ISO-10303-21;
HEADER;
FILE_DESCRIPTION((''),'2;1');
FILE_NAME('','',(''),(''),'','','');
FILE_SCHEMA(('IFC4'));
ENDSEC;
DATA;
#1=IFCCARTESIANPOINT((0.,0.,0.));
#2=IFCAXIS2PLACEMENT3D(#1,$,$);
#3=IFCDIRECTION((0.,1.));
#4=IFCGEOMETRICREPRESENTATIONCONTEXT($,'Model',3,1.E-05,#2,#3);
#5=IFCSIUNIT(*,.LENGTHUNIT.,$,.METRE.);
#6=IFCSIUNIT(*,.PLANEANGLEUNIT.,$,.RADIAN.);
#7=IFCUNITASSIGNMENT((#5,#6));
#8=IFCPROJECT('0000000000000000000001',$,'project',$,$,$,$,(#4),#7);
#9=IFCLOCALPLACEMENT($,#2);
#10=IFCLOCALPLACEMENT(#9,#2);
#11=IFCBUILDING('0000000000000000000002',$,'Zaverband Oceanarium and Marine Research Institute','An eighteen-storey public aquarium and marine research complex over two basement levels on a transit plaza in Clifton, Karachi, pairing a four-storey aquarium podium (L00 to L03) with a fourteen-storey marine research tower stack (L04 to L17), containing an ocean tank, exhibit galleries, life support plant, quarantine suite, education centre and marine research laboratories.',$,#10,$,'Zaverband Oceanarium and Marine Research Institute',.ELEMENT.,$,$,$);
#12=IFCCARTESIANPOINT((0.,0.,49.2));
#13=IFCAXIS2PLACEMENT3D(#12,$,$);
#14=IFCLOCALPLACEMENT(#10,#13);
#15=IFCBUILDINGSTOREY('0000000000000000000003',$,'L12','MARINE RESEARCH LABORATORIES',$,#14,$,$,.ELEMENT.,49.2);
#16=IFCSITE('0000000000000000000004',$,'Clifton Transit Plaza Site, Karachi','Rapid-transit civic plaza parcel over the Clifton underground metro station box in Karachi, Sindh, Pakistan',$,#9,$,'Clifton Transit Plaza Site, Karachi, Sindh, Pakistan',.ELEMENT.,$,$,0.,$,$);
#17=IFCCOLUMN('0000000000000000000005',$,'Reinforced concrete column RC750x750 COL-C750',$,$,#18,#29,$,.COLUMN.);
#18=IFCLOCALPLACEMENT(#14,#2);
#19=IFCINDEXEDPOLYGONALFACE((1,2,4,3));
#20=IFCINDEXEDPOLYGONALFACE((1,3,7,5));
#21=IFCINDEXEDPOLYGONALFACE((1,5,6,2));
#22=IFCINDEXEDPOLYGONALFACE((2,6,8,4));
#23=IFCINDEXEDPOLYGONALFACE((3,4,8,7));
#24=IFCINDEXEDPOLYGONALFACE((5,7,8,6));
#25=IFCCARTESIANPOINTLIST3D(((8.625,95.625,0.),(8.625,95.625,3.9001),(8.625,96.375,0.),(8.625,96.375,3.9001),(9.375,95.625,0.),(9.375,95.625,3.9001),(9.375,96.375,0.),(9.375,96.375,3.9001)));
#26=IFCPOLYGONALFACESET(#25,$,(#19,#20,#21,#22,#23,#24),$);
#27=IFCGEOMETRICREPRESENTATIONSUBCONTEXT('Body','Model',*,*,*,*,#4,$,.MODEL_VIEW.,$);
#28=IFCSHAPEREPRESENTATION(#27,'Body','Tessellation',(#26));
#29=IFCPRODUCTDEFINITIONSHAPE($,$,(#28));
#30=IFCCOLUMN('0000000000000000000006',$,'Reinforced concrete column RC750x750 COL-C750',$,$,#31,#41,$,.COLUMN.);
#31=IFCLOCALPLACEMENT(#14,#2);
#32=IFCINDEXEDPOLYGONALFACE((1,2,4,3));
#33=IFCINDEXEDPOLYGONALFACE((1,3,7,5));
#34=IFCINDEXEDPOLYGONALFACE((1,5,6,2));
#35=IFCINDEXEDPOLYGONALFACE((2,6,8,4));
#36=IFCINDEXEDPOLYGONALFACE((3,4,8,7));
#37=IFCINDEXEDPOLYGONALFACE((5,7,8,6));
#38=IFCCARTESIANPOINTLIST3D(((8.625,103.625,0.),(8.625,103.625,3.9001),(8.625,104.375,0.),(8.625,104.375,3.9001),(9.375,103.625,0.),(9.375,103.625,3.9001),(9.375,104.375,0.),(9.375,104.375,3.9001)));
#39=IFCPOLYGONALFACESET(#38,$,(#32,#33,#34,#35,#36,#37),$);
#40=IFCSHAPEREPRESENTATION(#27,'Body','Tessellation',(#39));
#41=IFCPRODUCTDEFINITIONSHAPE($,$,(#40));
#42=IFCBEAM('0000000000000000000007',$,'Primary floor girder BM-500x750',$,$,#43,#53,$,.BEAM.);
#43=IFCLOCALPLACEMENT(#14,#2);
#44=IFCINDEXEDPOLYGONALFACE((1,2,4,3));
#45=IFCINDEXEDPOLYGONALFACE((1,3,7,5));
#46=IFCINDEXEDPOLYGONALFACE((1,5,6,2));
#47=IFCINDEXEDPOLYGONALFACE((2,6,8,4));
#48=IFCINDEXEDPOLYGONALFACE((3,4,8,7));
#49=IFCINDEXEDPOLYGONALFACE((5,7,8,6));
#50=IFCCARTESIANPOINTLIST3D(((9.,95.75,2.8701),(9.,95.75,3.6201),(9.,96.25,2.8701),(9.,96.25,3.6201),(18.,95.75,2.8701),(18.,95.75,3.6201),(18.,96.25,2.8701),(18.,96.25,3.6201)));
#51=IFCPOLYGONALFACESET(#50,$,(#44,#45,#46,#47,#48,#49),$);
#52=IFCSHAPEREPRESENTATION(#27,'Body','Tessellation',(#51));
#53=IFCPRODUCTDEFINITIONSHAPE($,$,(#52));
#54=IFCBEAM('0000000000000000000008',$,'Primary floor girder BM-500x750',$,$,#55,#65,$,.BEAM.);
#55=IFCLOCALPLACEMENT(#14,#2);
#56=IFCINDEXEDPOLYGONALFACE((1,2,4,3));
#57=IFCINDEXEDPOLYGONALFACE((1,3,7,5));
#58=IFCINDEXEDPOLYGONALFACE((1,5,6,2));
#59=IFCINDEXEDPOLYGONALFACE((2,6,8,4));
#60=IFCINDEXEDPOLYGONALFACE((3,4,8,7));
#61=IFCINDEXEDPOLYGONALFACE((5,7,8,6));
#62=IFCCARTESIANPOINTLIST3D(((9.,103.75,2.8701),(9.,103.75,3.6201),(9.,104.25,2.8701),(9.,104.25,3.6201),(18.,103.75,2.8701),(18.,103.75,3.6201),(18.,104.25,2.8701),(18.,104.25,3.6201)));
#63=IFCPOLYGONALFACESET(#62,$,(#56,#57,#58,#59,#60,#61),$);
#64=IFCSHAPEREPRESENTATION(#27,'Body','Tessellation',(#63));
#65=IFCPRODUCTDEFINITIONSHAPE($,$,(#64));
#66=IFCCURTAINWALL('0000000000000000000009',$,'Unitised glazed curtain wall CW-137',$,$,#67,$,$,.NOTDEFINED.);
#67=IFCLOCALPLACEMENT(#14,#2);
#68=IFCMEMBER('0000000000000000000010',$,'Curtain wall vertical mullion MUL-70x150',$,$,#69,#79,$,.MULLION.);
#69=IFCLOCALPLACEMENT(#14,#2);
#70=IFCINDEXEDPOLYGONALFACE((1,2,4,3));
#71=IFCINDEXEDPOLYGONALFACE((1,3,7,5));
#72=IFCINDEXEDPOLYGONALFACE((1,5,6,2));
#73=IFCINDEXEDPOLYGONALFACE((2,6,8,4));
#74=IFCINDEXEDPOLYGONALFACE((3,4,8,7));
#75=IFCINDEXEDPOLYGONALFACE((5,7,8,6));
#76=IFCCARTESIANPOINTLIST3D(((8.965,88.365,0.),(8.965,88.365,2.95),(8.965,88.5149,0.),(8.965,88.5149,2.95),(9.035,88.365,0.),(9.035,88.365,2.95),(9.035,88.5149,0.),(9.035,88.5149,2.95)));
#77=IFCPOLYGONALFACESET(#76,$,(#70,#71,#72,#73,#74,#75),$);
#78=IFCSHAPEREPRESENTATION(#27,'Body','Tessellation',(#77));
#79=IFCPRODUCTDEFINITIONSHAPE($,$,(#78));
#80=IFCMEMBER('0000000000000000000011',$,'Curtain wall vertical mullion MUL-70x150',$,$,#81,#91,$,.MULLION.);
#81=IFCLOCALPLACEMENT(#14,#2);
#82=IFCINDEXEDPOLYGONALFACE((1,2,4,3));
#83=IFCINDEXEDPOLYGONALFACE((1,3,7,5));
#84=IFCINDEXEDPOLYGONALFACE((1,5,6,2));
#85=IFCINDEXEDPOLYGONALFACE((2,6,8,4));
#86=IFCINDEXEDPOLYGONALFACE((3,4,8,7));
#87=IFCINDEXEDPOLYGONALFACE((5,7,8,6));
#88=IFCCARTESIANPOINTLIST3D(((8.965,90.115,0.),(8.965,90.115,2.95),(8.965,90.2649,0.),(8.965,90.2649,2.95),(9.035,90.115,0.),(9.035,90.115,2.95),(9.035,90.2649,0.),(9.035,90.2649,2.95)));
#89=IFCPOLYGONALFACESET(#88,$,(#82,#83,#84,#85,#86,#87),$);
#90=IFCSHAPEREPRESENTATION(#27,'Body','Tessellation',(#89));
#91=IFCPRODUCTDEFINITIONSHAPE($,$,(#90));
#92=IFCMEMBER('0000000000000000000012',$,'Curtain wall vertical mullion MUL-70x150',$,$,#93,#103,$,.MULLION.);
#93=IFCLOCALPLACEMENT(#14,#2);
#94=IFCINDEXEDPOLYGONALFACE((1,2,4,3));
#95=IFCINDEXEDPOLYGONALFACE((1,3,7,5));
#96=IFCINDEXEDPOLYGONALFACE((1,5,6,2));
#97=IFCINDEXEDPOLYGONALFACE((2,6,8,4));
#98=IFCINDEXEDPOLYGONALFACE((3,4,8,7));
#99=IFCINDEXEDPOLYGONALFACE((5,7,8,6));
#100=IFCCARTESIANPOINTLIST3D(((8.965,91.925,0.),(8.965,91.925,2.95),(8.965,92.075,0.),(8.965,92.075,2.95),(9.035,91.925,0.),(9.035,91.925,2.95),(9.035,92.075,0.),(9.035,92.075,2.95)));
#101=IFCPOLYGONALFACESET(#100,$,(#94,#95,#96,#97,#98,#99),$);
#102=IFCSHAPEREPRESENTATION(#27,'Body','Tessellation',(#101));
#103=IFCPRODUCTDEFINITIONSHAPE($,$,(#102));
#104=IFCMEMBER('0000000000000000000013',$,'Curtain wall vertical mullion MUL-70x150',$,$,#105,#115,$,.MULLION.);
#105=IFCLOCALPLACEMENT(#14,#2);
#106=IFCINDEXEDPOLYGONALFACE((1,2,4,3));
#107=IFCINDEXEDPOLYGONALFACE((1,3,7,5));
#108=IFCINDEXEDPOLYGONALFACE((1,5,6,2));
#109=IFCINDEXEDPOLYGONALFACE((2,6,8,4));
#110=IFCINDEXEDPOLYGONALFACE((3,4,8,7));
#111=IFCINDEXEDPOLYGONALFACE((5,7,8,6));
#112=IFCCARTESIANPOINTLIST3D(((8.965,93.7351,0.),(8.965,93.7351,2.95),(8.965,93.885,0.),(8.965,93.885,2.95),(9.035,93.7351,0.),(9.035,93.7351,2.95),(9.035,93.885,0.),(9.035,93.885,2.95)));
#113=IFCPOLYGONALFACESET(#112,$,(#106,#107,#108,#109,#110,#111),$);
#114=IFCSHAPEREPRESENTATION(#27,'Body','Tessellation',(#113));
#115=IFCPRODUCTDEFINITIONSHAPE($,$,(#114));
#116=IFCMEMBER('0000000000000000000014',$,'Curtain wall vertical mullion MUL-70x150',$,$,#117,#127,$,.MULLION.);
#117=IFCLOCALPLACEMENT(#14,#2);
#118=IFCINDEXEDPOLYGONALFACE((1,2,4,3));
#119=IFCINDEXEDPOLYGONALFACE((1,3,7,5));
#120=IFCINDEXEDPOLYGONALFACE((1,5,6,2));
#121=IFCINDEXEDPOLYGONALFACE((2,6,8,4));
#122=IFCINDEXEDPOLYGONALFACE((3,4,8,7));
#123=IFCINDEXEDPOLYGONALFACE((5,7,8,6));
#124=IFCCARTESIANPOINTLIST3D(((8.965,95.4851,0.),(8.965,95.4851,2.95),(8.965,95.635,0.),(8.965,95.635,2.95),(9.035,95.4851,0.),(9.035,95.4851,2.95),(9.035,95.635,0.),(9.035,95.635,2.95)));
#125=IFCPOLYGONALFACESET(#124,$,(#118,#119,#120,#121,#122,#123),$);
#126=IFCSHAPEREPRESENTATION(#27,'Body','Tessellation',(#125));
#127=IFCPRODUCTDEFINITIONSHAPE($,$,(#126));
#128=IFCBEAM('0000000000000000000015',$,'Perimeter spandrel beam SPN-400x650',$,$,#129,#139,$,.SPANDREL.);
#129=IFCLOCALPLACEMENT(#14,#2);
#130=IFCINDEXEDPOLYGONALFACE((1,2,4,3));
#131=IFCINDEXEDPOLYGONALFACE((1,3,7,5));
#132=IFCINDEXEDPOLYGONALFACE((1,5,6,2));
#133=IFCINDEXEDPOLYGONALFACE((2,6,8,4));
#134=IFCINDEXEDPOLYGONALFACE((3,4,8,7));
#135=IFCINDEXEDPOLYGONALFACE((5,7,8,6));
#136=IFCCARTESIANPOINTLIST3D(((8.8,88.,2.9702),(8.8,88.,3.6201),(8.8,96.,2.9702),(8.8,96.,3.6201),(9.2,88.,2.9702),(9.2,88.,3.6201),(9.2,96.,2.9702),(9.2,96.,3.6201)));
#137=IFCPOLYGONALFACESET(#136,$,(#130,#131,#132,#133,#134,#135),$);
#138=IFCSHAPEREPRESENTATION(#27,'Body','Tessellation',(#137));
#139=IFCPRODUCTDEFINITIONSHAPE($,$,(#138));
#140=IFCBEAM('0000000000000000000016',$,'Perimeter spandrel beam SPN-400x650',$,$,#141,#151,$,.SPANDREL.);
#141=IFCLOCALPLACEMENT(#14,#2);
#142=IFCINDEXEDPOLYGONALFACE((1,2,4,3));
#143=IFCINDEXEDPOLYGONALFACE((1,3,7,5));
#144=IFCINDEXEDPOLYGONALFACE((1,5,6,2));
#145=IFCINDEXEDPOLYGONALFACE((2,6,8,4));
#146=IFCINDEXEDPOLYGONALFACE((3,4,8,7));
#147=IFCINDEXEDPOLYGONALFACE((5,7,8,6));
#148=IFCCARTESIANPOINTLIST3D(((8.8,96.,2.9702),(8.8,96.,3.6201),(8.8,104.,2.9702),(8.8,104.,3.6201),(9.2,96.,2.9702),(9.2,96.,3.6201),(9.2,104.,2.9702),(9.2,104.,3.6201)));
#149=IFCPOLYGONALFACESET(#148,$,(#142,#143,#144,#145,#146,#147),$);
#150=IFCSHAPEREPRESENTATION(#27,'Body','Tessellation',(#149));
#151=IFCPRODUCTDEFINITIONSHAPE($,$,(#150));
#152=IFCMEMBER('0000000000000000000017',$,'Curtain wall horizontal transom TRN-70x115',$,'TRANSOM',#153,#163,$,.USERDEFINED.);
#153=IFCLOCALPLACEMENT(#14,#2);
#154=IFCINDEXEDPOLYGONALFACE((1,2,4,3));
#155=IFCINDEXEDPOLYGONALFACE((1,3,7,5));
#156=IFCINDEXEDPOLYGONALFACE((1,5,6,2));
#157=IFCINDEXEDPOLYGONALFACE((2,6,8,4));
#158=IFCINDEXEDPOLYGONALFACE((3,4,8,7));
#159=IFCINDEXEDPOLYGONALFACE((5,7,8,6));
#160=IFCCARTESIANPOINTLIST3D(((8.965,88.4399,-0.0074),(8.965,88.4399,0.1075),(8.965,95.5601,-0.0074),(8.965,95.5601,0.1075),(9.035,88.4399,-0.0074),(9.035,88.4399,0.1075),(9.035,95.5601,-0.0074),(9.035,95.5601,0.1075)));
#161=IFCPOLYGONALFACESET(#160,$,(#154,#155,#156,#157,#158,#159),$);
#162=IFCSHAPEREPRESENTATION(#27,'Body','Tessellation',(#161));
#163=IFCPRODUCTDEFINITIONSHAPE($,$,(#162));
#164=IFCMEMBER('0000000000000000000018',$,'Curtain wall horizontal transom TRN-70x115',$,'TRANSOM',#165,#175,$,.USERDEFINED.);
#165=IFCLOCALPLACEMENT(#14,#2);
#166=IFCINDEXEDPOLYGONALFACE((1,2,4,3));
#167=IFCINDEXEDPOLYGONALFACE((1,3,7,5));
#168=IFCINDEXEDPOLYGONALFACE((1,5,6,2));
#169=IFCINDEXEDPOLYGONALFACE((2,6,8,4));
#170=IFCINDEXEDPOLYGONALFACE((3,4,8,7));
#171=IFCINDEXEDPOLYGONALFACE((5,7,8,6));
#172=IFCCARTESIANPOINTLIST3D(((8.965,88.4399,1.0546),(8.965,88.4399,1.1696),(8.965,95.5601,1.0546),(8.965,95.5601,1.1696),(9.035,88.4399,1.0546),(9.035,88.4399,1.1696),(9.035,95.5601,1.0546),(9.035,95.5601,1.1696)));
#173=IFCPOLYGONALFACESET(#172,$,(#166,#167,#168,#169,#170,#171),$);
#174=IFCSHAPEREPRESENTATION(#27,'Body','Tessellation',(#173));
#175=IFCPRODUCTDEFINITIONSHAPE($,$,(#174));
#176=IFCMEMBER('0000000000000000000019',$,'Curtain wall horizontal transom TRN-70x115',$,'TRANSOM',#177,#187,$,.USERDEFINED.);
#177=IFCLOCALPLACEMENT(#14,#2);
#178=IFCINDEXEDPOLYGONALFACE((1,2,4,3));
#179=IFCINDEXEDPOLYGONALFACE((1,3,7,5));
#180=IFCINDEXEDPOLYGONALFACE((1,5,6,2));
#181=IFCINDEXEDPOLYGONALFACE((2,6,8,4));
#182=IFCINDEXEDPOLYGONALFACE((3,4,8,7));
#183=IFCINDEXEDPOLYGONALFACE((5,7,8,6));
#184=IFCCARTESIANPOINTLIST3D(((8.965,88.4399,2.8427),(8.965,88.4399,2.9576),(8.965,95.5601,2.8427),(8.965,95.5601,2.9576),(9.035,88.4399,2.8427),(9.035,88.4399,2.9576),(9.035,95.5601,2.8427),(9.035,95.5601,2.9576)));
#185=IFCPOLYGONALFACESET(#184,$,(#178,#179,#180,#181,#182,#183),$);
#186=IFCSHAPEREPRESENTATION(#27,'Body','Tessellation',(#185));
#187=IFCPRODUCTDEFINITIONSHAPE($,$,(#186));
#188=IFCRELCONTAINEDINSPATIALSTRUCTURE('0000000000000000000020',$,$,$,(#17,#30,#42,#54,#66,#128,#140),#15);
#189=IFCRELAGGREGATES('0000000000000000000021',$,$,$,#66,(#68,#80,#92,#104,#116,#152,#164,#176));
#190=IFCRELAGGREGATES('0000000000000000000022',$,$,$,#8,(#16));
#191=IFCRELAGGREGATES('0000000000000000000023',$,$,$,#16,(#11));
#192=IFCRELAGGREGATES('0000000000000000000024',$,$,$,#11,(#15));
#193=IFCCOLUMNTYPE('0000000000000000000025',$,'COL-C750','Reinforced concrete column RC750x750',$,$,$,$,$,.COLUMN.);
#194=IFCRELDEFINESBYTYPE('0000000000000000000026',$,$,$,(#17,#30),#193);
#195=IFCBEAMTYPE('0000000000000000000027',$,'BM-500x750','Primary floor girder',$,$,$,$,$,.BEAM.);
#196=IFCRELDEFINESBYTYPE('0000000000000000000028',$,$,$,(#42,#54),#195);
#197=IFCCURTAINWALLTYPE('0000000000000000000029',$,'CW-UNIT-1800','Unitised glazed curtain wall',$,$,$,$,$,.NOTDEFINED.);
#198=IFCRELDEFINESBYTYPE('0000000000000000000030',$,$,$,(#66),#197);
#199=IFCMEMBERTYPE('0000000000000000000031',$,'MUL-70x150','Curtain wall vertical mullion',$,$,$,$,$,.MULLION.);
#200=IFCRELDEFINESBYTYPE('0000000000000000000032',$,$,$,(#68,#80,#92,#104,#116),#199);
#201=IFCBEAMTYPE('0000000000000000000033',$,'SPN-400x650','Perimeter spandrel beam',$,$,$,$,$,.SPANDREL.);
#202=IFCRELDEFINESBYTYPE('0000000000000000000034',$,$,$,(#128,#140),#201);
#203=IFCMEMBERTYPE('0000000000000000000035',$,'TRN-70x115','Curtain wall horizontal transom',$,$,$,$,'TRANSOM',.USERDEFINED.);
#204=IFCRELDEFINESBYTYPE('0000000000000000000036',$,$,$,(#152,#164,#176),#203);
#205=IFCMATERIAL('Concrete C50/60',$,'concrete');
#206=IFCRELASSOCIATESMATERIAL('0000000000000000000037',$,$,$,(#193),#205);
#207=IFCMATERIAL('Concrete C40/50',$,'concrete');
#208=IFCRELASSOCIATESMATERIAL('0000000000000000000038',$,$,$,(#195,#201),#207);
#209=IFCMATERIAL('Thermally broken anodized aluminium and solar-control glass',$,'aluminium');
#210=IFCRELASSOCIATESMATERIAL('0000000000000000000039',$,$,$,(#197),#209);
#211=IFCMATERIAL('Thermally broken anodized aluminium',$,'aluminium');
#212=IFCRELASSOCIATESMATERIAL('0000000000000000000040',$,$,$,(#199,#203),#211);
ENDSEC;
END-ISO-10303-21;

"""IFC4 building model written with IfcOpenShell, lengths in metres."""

from ifc_helpers import new_model, si_unit, direction, frame, origin, origin_2d, place, context, subcontext, project, spatial, rectangle, extrude, material, material_profile, profile_set, type_object, element, aggregate, save


model = new_model("IFC4")

# Units and contexts
model_context = context("Model", 3, precision=1e-05, world=origin(), true_north=direction((0.0, 1.0)))
body_context = subcontext(model_context, "Body", "Model", "MODEL_VIEW")
ifc_project = project(units=[si_unit("LENGTHUNIT", "METRE"), si_unit("PLANEANGLEUNIT", "RADIAN")], contexts=[model_context])

# Site, building, storey
site_placement = place(None, origin())
site = spatial("IfcSite", under=ifc_project, at=site_placement, Name="Clifton Transit Plaza Site, Karachi", Description="Rapid-transit civic plaza parcel over the Clifton underground metro station box in Karachi, Sindh, Pakistan", LongName="Clifton Transit Plaza Site, Karachi, Sindh, Pakistan", CompositionType="ELEMENT", RefElevation=0.0)
building_placement = place(site_placement, origin())
building = spatial("IfcBuilding", under=site, at=building_placement, Name="Zaverband Oceanarium and Marine Research Institute", Description="An eighteen-storey public aquarium and marine research complex over two basement levels on a transit plaza in Clifton, Karachi, pairing a four-storey aquarium podium (L00 to L03) with a fourteen-storey marine research tower stack (L04 to L17), containing an ocean tank, exhibit galleries, life support plant, quarantine suite, education centre and marine research laboratories.", LongName="Zaverband Oceanarium and Marine Research Institute", CompositionType="ELEMENT")
storey_placement = place(building_placement, frame((0.0, 0.0, 49.2)))
storey = spatial("IfcBuildingStorey", under=building, at=storey_placement, Name="L12", Description="MARINE RESEARCH LABORATORIES", CompositionType="ELEMENT", Elevation=49.2)

# Columns
ifc_material_1 = material(Name="Concrete C50/60", Category="concrete")
ifc_material_profile_1 = material_profile(ifc_material_1, rectangle(XDim=0.75, YDim=0.75, at=origin_2d()), Name="RC750x750")
ifc_profile_set_1 = profile_set([ifc_material_profile_1], Name="Concrete C50/60")
column_type = type_object("IfcColumnType", Name="COL-C750", Description="Reinforced concrete column RC750x750", PredefinedType="COLUMN", material=ifc_profile_set_1)
for number, where, z_axis, x_axis, name in (
    (1, (9.0, 96.0, 0.0), (0.0, 0.0, 1.0), (1.0, 0.0, 0.0), "Reinforced concrete column RC750x750 COL-C750"),
    (2, (9.0, 104.0, 0.0), (0.0, 0.0, 1.0), (1.0, 0.0, 0.0), "Reinforced concrete column RC750x750 COL-C750"),
):
    element("IfcColumn", number, at=place(storey_placement, frame(where, z_axis=z_axis, x_axis=x_axis)), inside=storey, type_object=column_type, Name=name, PredefinedType="COLUMN", context=body_context, shape_type="SweptSolid", body=[
        extrude(rectangle(XDim=0.75, YDim=0.75, at=origin_2d()), origin(), (0.0, 0.0, 1.0), 3.9001),
    ])

# Beams
ifc_material_2 = material(Name="Concrete C40/50", Category="concrete")
ifc_material_profile_2 = material_profile(ifc_material_2, rectangle(XDim=0.5, YDim=0.75, at=origin_2d()), Name="RC500x750")
ifc_profile_set_2 = profile_set([ifc_material_profile_2], Name="Concrete C40/50")
beam_type_1 = type_object("IfcBeamType", Name="BM-500x750", Description="Primary floor girder", PredefinedType="BEAM", material=ifc_profile_set_2)
for number, where, z_axis, x_axis, name in (
    (3, (9.0, 96.0, 3.2451), (1.0, 0.0, 0.0), (0.0, 1.0, 0.0), "Primary floor girder BM-500x750"),
    (4, (9.0, 104.0, 3.2451), (1.0, 0.0, 0.0), (0.0, 1.0, 0.0), "Primary floor girder BM-500x750"),
):
    element("IfcBeam", number, at=place(storey_placement, frame(where, z_axis=z_axis, x_axis=x_axis)), inside=storey, type_object=beam_type_1, Name=name, PredefinedType="BEAM", context=body_context, shape_type="SweptSolid", body=[
        extrude(rectangle(XDim=0.5, YDim=0.75, at=origin_2d()), origin(), (0.0, 0.0, 1.0), 9.0),
    ])

# Curtain wall, members
ifc_material_3 = material(Name="Thermally broken anodized aluminium and solar-control glass", Category="aluminium")
curtain_wall_type = type_object("IfcCurtainWallType", Name="CW-UNIT-1800", Description="Unitised glazed curtain wall", PredefinedType="NOTDEFINED", material=ifc_material_3)
curtain_wall_placement = place(storey_placement, origin())
curtain_wall = element("IfcCurtainWall", 5, at=curtain_wall_placement, inside=storey, type_object=curtain_wall_type, Name="Unitised glazed curtain wall CW-137", PredefinedType="NOTDEFINED")
ifc_material_4 = material(Name="Thermally broken anodized aluminium", Category="aluminium")
ifc_material_profile_3 = material_profile(ifc_material_4, rectangle(XDim=0.0701, YDim=0.1499, at=origin_2d()), Name="AL-MUL-70x150")
ifc_profile_set_3 = profile_set([ifc_material_profile_3], Name="Thermally broken anodized aluminium")
member_type_1 = type_object("IfcMemberType", Name="MUL-70x150", Description="Curtain wall vertical mullion", PredefinedType="MULLION", material=ifc_profile_set_3)
member_1_placement = place(storey_placement, frame((9.0, 88.4399, 0.0), z_axis=(0.0, 0.0, 1.0), x_axis=(1.0, 0.0, 0.0)))
member_1 = element("IfcMember", 6, at=member_1_placement, type_object=member_type_1, Name="Curtain wall vertical mullion MUL-70x150", PredefinedType="MULLION", context=body_context, shape_type="SweptSolid", body=[
    extrude(rectangle(XDim=0.0701, YDim=0.1499, at=origin_2d()), origin(), (0.0, 0.0, 1.0), 2.95),
])
member_2_placement = place(storey_placement, frame((9.0, 90.1899, 0.0), z_axis=(0.0, 0.0, 1.0), x_axis=(1.0, 0.0, 0.0)))
member_2 = element("IfcMember", 7, at=member_2_placement, type_object=member_type_1, Name="Curtain wall vertical mullion MUL-70x150", PredefinedType="MULLION", context=body_context, shape_type="SweptSolid", body=[
    extrude(rectangle(XDim=0.0701, YDim=0.1499, at=origin_2d()), origin(), (0.0, 0.0, 1.0), 2.95),
])
member_3_placement = place(storey_placement, frame((9.0, 92.0, 0.0), z_axis=(0.0, 0.0, 1.0), x_axis=(1.0, 0.0, 0.0)))
member_3 = element("IfcMember", 8, at=member_3_placement, type_object=member_type_1, Name="Curtain wall vertical mullion MUL-70x150", PredefinedType="MULLION", context=body_context, shape_type="SweptSolid", body=[
    extrude(rectangle(XDim=0.0701, YDim=0.1499, at=origin_2d()), origin(), (0.0, 0.0, 1.0), 2.95),
])
member_4_placement = place(storey_placement, frame((9.0, 93.8101, 0.0), z_axis=(0.0, 0.0, 1.0), x_axis=(1.0, 0.0, 0.0)))
member_4 = element("IfcMember", 9, at=member_4_placement, type_object=member_type_1, Name="Curtain wall vertical mullion MUL-70x150", PredefinedType="MULLION", context=body_context, shape_type="SweptSolid", body=[
    extrude(rectangle(XDim=0.0701, YDim=0.1499, at=origin_2d()), origin(), (0.0, 0.0, 1.0), 2.95),
])
member_5_placement = place(storey_placement, frame((9.0, 95.5601, 0.0), z_axis=(0.0, 0.0, 1.0), x_axis=(1.0, 0.0, 0.0)))
member_5 = element("IfcMember", 10, at=member_5_placement, type_object=member_type_1, Name="Curtain wall vertical mullion MUL-70x150", PredefinedType="MULLION", context=body_context, shape_type="SweptSolid", body=[
    extrude(rectangle(XDim=0.0701, YDim=0.1499, at=origin_2d()), origin(), (0.0, 0.0, 1.0), 2.95),
])

# Beams
ifc_material_profile_4 = material_profile(ifc_material_2, rectangle(XDim=0.3999, YDim=0.6499, at=origin_2d()), Name="RC400x650")
ifc_profile_set_4 = profile_set([ifc_material_profile_4], Name="Concrete C40/50")
beam_type_2 = type_object("IfcBeamType", Name="SPN-400x650", Description="Perimeter spandrel beam", PredefinedType="SPANDREL", material=ifc_profile_set_4)
for number, where, z_axis, x_axis, name in (
    (11, (9.0, 88.0, 3.2952), (0.0, 1.0, 0.0), (-1.0, 0.0, 0.0), "Perimeter spandrel beam SPN-400x650"),
    (12, (9.0, 96.0, 3.2952), (0.0, 1.0, 0.0), (-1.0, 0.0, 0.0), "Perimeter spandrel beam SPN-400x650"),
):
    element("IfcBeam", number, at=place(storey_placement, frame(where, z_axis=z_axis, x_axis=x_axis)), inside=storey, type_object=beam_type_2, Name=name, PredefinedType="SPANDREL", context=body_context, shape_type="SweptSolid", body=[
        extrude(rectangle(XDim=0.3999, YDim=0.6499, at=origin_2d()), origin(), (0.0, 0.0, 1.0), 8.0),
    ])

# Members
ifc_material_profile_5 = material_profile(ifc_material_4, rectangle(XDim=0.0701, YDim=0.115, at=origin_2d()), Name="AL-TRN-70x115")
ifc_profile_set_5 = profile_set([ifc_material_profile_5], Name="Thermally broken anodized aluminium")
member_type_2 = type_object("IfcMemberType", Name="TRN-70x115", Description="Curtain wall horizontal transom", ElementType="TRANSOM", PredefinedType="USERDEFINED", material=ifc_profile_set_5)
member_6_placement = place(storey_placement, frame((9.0, 88.4399, 0.05), z_axis=(0.0, 1.0, 0.0), x_axis=(-1.0, 0.0, 0.0)))
member_6 = element("IfcMember", 13, at=member_6_placement, type_object=member_type_2, Name="Curtain wall horizontal transom TRN-70x115", ObjectType="TRANSOM", PredefinedType="USERDEFINED", context=body_context, shape_type="SweptSolid", body=[
    extrude(rectangle(XDim=0.0701, YDim=0.115, at=origin_2d()), origin(), (0.0, 0.0, 1.0), 7.1201),
])
member_7_placement = place(storey_placement, frame((9.0, 88.4399, 1.1121), z_axis=(0.0, 1.0, 0.0), x_axis=(-1.0, 0.0, 0.0)))
member_7 = element("IfcMember", 14, at=member_7_placement, type_object=member_type_2, Name="Curtain wall horizontal transom TRN-70x115", ObjectType="TRANSOM", PredefinedType="USERDEFINED", context=body_context, shape_type="SweptSolid", body=[
    extrude(rectangle(XDim=0.0701, YDim=0.115, at=origin_2d()), origin(), (0.0, 0.0, 1.0), 7.1201),
])
member_8_placement = place(storey_placement, frame((9.0, 88.4399, 2.9001), z_axis=(0.0, 1.0, 0.0), x_axis=(-1.0, 0.0, 0.0)))
member_8 = element("IfcMember", 15, at=member_8_placement, type_object=member_type_2, Name="Curtain wall horizontal transom TRN-70x115", ObjectType="TRANSOM", PredefinedType="USERDEFINED", context=body_context, shape_type="SweptSolid", body=[
    extrude(rectangle(XDim=0.0701, YDim=0.115, at=origin_2d()), origin(), (0.0, 0.0, 1.0), 7.1201),
])

aggregate(curtain_wall, [member_1, member_2, member_3, member_4, member_5, member_6, member_7, member_8])

save(model, "model.ifc")
